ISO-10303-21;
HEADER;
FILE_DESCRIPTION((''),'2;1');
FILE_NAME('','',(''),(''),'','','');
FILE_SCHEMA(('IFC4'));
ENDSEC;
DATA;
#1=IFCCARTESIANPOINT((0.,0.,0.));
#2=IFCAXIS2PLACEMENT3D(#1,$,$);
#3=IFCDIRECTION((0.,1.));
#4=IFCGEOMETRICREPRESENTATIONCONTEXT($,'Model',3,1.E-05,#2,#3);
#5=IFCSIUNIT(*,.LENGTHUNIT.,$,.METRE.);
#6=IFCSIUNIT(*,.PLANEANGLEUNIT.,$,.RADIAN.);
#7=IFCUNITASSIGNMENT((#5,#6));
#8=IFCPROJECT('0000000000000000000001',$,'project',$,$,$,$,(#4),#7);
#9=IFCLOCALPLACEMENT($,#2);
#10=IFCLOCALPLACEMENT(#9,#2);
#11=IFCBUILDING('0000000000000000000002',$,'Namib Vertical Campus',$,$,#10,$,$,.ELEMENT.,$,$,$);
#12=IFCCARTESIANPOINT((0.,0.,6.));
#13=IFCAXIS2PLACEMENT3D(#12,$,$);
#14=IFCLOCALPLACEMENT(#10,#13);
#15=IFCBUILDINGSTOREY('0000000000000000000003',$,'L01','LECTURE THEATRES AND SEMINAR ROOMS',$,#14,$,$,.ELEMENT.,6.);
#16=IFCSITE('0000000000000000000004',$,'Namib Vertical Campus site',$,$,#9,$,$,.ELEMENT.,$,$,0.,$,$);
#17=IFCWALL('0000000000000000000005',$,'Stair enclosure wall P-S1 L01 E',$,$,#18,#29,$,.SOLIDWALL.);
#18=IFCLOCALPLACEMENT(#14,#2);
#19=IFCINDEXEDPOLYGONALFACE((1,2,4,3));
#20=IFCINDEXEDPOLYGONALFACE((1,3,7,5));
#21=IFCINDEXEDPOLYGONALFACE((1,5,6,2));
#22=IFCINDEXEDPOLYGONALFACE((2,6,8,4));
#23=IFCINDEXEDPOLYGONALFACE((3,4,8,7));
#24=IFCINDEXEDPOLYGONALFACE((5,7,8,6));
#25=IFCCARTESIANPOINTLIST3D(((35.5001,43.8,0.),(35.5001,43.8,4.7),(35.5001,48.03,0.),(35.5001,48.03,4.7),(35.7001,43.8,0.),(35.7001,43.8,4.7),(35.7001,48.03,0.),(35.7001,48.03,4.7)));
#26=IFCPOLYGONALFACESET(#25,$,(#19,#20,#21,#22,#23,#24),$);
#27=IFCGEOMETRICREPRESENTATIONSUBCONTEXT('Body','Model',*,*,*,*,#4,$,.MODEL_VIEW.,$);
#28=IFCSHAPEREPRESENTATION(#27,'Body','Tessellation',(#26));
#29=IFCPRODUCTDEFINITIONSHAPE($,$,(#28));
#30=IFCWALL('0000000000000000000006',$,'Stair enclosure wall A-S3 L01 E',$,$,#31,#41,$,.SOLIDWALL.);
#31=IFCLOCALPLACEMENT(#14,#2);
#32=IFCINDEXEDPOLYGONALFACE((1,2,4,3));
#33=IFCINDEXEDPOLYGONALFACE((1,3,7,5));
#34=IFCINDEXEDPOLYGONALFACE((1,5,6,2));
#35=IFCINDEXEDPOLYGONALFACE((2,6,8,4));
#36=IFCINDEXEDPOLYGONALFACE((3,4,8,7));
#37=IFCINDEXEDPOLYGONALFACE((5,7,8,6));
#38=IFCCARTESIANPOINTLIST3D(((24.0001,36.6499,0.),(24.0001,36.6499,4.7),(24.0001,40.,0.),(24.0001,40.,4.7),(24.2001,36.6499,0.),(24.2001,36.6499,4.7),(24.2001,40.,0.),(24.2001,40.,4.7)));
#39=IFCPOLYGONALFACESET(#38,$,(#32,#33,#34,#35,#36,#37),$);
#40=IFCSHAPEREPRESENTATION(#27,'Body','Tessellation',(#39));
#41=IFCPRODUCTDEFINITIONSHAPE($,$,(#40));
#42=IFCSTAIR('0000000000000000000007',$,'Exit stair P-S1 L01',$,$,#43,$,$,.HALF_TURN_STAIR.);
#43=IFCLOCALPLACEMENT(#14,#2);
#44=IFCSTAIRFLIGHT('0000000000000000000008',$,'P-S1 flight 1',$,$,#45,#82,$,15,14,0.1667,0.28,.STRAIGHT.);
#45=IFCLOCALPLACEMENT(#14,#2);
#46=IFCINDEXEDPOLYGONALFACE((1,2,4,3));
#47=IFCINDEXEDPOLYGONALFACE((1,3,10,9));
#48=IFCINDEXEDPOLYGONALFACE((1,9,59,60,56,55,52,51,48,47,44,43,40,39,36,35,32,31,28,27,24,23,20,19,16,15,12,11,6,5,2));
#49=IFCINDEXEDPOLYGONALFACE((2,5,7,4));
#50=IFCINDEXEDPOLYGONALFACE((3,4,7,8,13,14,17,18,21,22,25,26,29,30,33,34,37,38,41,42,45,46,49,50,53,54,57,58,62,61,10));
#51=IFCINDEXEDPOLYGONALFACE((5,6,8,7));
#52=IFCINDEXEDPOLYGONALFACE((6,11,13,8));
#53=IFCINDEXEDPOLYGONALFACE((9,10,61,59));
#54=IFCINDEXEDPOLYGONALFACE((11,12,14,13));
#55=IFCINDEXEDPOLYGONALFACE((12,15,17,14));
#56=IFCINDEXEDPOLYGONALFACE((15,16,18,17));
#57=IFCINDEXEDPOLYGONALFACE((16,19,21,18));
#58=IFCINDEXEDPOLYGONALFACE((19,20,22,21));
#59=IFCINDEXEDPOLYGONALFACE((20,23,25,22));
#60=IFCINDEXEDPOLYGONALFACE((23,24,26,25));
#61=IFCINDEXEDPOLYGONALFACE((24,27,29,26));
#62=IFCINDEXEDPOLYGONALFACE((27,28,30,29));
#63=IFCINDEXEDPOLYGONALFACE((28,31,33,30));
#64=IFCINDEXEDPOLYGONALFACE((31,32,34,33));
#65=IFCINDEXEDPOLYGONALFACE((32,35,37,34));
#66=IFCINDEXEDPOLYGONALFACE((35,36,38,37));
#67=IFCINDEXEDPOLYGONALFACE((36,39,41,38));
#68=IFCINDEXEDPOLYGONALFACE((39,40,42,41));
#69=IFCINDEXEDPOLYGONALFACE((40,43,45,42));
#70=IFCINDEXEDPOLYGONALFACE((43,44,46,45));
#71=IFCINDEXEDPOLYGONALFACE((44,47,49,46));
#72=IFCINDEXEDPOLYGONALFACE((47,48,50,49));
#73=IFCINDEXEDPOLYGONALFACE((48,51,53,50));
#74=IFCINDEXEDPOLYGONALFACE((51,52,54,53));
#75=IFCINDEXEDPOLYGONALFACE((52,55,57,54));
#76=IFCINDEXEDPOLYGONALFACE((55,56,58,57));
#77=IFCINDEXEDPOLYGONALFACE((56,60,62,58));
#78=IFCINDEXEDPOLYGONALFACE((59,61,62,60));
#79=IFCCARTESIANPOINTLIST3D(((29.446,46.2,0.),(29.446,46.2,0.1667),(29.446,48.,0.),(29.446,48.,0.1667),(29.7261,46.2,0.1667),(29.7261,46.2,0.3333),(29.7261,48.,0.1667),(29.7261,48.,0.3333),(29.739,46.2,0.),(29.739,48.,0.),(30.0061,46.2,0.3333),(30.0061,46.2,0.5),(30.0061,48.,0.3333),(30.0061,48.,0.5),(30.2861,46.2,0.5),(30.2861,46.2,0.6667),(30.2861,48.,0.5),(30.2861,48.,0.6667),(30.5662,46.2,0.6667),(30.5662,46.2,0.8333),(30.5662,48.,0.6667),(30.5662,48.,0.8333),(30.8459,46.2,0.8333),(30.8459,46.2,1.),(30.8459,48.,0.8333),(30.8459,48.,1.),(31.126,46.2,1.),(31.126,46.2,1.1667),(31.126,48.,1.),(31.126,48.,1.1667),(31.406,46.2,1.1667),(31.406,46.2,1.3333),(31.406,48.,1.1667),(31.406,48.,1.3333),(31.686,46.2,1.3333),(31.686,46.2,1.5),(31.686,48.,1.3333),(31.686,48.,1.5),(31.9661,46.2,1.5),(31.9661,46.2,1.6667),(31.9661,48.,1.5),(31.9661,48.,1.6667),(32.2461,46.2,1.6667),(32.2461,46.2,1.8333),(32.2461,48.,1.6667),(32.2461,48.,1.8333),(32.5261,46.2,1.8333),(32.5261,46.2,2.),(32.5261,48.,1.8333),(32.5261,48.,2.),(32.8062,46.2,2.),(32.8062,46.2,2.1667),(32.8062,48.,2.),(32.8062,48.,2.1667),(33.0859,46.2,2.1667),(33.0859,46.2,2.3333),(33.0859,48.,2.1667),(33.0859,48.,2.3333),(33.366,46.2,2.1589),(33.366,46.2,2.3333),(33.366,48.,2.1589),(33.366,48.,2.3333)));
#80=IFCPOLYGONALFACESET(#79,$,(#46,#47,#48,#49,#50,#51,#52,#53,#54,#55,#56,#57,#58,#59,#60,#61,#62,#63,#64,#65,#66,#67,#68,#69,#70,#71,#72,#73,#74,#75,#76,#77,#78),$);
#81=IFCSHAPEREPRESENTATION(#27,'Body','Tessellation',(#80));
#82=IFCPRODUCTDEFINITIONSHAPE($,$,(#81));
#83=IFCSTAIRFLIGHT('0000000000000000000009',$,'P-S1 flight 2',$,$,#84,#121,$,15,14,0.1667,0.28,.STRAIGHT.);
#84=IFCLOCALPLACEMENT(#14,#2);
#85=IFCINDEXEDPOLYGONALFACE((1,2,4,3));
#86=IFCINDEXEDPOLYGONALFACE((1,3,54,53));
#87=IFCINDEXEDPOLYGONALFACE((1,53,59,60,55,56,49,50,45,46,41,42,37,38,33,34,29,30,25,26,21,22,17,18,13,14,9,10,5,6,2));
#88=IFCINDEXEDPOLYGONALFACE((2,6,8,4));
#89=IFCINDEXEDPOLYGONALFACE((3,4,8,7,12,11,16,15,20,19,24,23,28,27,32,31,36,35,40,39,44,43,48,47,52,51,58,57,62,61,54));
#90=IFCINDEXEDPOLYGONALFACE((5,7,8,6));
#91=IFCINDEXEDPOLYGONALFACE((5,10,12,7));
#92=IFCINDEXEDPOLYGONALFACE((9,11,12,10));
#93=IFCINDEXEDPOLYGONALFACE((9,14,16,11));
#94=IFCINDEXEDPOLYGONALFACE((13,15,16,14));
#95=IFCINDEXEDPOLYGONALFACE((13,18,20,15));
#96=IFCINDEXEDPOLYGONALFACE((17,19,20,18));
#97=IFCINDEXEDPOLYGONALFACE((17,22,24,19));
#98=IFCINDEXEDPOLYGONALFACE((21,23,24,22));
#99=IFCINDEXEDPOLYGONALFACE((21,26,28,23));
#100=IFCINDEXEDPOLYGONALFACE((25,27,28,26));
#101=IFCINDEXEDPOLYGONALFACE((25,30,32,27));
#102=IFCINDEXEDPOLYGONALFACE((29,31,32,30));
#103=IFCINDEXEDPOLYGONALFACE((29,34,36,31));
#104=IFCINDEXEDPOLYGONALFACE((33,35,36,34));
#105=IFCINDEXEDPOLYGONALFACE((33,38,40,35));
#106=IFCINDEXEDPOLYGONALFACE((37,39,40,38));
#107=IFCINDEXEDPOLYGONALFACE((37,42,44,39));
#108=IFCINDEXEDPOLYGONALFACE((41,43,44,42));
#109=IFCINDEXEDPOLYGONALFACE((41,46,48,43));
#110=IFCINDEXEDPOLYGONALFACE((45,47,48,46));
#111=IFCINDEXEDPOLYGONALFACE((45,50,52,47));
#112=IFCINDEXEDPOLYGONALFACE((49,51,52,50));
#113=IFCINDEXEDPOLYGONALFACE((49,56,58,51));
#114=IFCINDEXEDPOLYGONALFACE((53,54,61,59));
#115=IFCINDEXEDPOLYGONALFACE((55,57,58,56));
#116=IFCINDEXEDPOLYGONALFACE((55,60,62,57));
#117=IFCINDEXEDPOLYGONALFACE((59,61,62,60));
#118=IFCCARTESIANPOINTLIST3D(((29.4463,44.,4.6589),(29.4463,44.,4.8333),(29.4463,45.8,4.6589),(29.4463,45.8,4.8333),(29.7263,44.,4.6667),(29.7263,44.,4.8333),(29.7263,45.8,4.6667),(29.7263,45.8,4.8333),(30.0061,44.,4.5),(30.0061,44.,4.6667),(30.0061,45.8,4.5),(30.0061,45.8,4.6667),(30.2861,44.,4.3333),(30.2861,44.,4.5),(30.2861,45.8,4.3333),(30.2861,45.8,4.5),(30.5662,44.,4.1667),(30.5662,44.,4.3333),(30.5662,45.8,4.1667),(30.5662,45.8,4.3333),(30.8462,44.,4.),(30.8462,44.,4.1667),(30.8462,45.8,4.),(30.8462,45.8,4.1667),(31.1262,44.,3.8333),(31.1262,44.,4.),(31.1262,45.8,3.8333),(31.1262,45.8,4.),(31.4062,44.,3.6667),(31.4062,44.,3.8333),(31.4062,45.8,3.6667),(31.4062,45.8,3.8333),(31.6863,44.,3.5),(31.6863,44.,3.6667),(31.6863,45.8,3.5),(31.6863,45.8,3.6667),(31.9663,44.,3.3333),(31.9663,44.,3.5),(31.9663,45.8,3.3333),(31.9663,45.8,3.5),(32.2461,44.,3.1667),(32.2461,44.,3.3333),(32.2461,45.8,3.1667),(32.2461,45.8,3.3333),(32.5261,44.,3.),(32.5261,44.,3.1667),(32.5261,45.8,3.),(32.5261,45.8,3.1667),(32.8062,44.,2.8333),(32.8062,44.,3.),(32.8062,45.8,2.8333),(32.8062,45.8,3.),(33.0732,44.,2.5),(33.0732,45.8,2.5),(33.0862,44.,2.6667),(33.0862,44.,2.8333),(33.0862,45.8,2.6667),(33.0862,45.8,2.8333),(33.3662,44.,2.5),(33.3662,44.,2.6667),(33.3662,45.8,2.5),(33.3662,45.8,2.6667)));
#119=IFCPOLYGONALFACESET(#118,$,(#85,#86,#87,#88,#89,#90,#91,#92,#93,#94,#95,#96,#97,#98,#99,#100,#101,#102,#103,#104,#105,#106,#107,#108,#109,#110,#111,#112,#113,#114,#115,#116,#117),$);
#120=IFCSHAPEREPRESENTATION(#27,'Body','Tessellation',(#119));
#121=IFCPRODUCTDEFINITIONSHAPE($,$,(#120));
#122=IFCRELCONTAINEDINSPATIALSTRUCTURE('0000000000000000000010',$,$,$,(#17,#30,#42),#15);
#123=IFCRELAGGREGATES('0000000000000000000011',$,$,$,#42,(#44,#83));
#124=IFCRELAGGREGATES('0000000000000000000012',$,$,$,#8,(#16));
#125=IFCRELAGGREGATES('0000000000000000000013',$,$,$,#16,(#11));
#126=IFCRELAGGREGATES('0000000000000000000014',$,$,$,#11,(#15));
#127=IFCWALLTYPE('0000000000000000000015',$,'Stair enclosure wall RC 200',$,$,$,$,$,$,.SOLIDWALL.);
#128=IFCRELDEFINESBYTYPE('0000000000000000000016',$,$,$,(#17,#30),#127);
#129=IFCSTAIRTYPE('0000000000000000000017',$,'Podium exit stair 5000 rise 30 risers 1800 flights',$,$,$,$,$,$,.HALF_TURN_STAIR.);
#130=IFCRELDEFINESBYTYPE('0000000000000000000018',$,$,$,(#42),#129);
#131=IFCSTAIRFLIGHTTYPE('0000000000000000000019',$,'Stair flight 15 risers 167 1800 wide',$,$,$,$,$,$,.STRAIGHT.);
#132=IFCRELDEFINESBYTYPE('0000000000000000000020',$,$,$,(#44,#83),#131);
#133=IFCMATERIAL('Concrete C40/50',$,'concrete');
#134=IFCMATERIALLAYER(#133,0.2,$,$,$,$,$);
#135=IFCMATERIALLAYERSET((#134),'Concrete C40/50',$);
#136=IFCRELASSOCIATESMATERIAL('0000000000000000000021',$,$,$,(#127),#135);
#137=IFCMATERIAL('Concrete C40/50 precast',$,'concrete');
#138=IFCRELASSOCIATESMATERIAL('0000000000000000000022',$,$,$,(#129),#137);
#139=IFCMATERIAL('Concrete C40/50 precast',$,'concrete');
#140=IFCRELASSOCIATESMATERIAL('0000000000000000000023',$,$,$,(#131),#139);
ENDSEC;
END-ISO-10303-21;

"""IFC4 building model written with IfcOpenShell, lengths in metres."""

from ifc_helpers import new_model, si_unit, direction, frame, frame_2d, origin, place, context, subcontext, project, spatial, polyline, rectangle, outline, extrude, material, layer, layer_set, type_object, element, aggregate, save


model = new_model("IFC4")

# Units and contexts
model_context = context("Model", 3, precision=1e-05, world=origin(), true_north=direction((0.0, 1.0)))
body_context = subcontext(model_context, "Body", "Model", "MODEL_VIEW")
ifc_project = project(units=[si_unit("LENGTHUNIT", "METRE"), si_unit("PLANEANGLEUNIT", "RADIAN")], contexts=[model_context])

# Site, building, storey
site_placement = place(None, origin())
site = spatial("IfcSite", under=ifc_project, at=site_placement, Name="Namib Vertical Campus site", CompositionType="ELEMENT", RefElevation=0.0)
building_placement = place(site_placement, origin())
building = spatial("IfcBuilding", under=site, at=building_placement, Name="Namib Vertical Campus", CompositionType="ELEMENT")
storey_placement = place(building_placement, frame((0.0, 0.0, 6.0)))
storey = spatial("IfcBuildingStorey", under=building, at=storey_placement, Name="L01", Description="LECTURE THEATRES AND SEMINAR ROOMS", CompositionType="ELEMENT", Elevation=6.0)

# Shared definitions
ifc_material_1 = material(Name="Concrete C40/50", Category="concrete")
ifc_layer_1 = layer(ifc_material_1, 0.2)
ifc_layer_set_1 = layer_set([ifc_layer_1], Name="Concrete C40/50")
wall_type_1 = type_object("IfcWallType", Name="Stair enclosure wall RC 200", PredefinedType="SOLIDWALL", material=ifc_layer_set_1)

# Walls
for number, where, z_axis, x_axis, name in (
    (1, (35.6001, 43.8, 0.0), (0.0, 0.0, 1.0), (0.0, 1.0, 0.0), "Stair enclosure wall P-S1 L01 E"),
):
    element("IfcWall", number, at=place(storey_placement, frame(where, z_axis=z_axis, x_axis=x_axis)), inside=storey, type_object=wall_type_1, Name=name, PredefinedType="SOLIDWALL", context=body_context, shape_type="SweptSolid", body=[
        extrude(rectangle(XDim=4.23, YDim=0.2, at=frame_2d((2.115, 0.0))), origin(), (0.0, 0.0, 1.0), 4.7),
    ])
wall_1_placement = place(storey_placement, frame((24.1001, 36.6499, 0.0), z_axis=(0.0, 0.0, 1.0), x_axis=(0.0, 1.0, 0.0)))
element("IfcWall", 2, at=wall_1_placement, inside=storey, type_object=wall_type_1, Name="Stair enclosure wall A-S3 L01 E", PredefinedType="SOLIDWALL", context=body_context, shape_type="SweptSolid", body=[
    extrude(rectangle(XDim=3.3501, YDim=0.2, at=frame_2d((1.675, 0.0))), origin(), (0.0, 0.0, 1.0), 4.7),
])

# Stair, stair flights
ifc_material_2 = material(Name="Concrete C40/50 precast", Category="concrete")
stair_type = type_object("IfcStairType", Name="Podium exit stair 5000 rise 30 risers 1800 flights", PredefinedType="HALF_TURN_STAIR", material=ifc_material_2)
stair_placement = place(storey_placement, origin())
stair = element("IfcStair", 3, at=stair_placement, inside=storey, type_object=stair_type, Name="Exit stair P-S1 L01", PredefinedType="HALF_TURN_STAIR")
ifc_material_3 = material(Name="Concrete C40/50 precast", Category="concrete")
stair_flight_type = type_object("IfcStairFlightType", Name="Stair flight 15 risers 167 1800 wide", PredefinedType="STRAIGHT", material=ifc_material_3)
stair_flight_1_placement = place(storey_placement, frame((29.446, 47.1001, 0.0), z_axis=(0.0, 0.0, 1.0), x_axis=(1.0, 0.0, 0.0)))
stair_flight_1 = element("IfcStairFlight", 4, at=stair_flight_1_placement, type_object=stair_flight_type, Name="P-S1 flight 1", NumberOfRisers=15, NumberOfTreads=14, PredefinedType="STRAIGHT", RiserHeight=0.1667, TreadLength=0.28, context=body_context, shape_type="SweptSolid", body=[
    extrude(outline(polyline([(0.0, 0.0), (0.0, 0.1667), (0.28, 0.1667), (0.28, 0.3333), (0.5601, 0.3333), (0.5601, 0.5), (0.8401, 0.5), (0.8401, 0.6667), (1.1201, 0.6667), (1.1201, 0.8333), (1.3999, 0.8333), (1.3999, 1.0), (1.6799, 1.0), (1.6799, 1.1667), (1.96, 1.1667), (1.96, 1.3333), (2.24, 1.3333), (2.24, 1.5), (2.52, 1.5), (2.52, 1.6667), (2.8, 1.6667), (2.8, 1.8333), (3.0801, 1.8333), (3.0801, 2.0), (3.3601, 2.0), (3.3601, 2.1667), (3.6399, 2.1667), (3.6399, 2.3333), (3.9199, 2.3333), (3.9199, 2.5), (3.9199, 2.1589), (0.293, 0.0), (0.0, 0.0)])), frame((0.0, 0.8999, 0.0), z_axis=(0.0, -1.0, 0.0), x_axis=(1.0, 0.0, 0.0)), (0.0, 0.0, 1.0), 1.8),
])
stair_flight_2_placement = place(storey_placement, frame((33.3662, 44.8999, 2.5), z_axis=(0.0, 0.0, 1.0), x_axis=(-1.0, 0.0, 0.0)))
stair_flight_2 = element("IfcStairFlight", 5, at=stair_flight_2_placement, type_object=stair_flight_type, Name="P-S1 flight 2", NumberOfRisers=15, NumberOfTreads=14, PredefinedType="STRAIGHT", RiserHeight=0.1667, TreadLength=0.28, context=body_context, shape_type="SweptSolid", body=[
    extrude(outline(polyline([(0.0, 0.0), (0.0, 0.1667), (0.28, 0.1667), (0.28, 0.3333), (0.5601, 0.3333), (0.5601, 0.5), (0.8401, 0.5), (0.8401, 0.6667), (1.1201, 0.6667), (1.1201, 0.8333), (1.3999, 0.8333), (1.3999, 1.0), (1.6799, 1.0), (1.6799, 1.1667), (1.96, 1.1667), (1.96, 1.3333), (2.24, 1.3333), (2.24, 1.5), (2.52, 1.5), (2.52, 1.6667), (2.8, 1.6667), (2.8, 1.8333), (3.0801, 1.8333), (3.0801, 2.0), (3.3601, 2.0), (3.3601, 2.1667), (3.6399, 2.1667), (3.6399, 2.3333), (3.9199, 2.3333), (3.9199, 2.5), (3.9199, 2.1589), (0.293, 0.0), (0.0, 0.0)])), frame((0.0, 0.8999, 0.0), z_axis=(0.0, -1.0, 0.0), x_axis=(1.0, 0.0, 0.0)), (0.0, 0.0, 1.0), 1.8),
])
aggregate(stair, [stair_flight_1, stair_flight_2])

save(model, "model.ifc")
